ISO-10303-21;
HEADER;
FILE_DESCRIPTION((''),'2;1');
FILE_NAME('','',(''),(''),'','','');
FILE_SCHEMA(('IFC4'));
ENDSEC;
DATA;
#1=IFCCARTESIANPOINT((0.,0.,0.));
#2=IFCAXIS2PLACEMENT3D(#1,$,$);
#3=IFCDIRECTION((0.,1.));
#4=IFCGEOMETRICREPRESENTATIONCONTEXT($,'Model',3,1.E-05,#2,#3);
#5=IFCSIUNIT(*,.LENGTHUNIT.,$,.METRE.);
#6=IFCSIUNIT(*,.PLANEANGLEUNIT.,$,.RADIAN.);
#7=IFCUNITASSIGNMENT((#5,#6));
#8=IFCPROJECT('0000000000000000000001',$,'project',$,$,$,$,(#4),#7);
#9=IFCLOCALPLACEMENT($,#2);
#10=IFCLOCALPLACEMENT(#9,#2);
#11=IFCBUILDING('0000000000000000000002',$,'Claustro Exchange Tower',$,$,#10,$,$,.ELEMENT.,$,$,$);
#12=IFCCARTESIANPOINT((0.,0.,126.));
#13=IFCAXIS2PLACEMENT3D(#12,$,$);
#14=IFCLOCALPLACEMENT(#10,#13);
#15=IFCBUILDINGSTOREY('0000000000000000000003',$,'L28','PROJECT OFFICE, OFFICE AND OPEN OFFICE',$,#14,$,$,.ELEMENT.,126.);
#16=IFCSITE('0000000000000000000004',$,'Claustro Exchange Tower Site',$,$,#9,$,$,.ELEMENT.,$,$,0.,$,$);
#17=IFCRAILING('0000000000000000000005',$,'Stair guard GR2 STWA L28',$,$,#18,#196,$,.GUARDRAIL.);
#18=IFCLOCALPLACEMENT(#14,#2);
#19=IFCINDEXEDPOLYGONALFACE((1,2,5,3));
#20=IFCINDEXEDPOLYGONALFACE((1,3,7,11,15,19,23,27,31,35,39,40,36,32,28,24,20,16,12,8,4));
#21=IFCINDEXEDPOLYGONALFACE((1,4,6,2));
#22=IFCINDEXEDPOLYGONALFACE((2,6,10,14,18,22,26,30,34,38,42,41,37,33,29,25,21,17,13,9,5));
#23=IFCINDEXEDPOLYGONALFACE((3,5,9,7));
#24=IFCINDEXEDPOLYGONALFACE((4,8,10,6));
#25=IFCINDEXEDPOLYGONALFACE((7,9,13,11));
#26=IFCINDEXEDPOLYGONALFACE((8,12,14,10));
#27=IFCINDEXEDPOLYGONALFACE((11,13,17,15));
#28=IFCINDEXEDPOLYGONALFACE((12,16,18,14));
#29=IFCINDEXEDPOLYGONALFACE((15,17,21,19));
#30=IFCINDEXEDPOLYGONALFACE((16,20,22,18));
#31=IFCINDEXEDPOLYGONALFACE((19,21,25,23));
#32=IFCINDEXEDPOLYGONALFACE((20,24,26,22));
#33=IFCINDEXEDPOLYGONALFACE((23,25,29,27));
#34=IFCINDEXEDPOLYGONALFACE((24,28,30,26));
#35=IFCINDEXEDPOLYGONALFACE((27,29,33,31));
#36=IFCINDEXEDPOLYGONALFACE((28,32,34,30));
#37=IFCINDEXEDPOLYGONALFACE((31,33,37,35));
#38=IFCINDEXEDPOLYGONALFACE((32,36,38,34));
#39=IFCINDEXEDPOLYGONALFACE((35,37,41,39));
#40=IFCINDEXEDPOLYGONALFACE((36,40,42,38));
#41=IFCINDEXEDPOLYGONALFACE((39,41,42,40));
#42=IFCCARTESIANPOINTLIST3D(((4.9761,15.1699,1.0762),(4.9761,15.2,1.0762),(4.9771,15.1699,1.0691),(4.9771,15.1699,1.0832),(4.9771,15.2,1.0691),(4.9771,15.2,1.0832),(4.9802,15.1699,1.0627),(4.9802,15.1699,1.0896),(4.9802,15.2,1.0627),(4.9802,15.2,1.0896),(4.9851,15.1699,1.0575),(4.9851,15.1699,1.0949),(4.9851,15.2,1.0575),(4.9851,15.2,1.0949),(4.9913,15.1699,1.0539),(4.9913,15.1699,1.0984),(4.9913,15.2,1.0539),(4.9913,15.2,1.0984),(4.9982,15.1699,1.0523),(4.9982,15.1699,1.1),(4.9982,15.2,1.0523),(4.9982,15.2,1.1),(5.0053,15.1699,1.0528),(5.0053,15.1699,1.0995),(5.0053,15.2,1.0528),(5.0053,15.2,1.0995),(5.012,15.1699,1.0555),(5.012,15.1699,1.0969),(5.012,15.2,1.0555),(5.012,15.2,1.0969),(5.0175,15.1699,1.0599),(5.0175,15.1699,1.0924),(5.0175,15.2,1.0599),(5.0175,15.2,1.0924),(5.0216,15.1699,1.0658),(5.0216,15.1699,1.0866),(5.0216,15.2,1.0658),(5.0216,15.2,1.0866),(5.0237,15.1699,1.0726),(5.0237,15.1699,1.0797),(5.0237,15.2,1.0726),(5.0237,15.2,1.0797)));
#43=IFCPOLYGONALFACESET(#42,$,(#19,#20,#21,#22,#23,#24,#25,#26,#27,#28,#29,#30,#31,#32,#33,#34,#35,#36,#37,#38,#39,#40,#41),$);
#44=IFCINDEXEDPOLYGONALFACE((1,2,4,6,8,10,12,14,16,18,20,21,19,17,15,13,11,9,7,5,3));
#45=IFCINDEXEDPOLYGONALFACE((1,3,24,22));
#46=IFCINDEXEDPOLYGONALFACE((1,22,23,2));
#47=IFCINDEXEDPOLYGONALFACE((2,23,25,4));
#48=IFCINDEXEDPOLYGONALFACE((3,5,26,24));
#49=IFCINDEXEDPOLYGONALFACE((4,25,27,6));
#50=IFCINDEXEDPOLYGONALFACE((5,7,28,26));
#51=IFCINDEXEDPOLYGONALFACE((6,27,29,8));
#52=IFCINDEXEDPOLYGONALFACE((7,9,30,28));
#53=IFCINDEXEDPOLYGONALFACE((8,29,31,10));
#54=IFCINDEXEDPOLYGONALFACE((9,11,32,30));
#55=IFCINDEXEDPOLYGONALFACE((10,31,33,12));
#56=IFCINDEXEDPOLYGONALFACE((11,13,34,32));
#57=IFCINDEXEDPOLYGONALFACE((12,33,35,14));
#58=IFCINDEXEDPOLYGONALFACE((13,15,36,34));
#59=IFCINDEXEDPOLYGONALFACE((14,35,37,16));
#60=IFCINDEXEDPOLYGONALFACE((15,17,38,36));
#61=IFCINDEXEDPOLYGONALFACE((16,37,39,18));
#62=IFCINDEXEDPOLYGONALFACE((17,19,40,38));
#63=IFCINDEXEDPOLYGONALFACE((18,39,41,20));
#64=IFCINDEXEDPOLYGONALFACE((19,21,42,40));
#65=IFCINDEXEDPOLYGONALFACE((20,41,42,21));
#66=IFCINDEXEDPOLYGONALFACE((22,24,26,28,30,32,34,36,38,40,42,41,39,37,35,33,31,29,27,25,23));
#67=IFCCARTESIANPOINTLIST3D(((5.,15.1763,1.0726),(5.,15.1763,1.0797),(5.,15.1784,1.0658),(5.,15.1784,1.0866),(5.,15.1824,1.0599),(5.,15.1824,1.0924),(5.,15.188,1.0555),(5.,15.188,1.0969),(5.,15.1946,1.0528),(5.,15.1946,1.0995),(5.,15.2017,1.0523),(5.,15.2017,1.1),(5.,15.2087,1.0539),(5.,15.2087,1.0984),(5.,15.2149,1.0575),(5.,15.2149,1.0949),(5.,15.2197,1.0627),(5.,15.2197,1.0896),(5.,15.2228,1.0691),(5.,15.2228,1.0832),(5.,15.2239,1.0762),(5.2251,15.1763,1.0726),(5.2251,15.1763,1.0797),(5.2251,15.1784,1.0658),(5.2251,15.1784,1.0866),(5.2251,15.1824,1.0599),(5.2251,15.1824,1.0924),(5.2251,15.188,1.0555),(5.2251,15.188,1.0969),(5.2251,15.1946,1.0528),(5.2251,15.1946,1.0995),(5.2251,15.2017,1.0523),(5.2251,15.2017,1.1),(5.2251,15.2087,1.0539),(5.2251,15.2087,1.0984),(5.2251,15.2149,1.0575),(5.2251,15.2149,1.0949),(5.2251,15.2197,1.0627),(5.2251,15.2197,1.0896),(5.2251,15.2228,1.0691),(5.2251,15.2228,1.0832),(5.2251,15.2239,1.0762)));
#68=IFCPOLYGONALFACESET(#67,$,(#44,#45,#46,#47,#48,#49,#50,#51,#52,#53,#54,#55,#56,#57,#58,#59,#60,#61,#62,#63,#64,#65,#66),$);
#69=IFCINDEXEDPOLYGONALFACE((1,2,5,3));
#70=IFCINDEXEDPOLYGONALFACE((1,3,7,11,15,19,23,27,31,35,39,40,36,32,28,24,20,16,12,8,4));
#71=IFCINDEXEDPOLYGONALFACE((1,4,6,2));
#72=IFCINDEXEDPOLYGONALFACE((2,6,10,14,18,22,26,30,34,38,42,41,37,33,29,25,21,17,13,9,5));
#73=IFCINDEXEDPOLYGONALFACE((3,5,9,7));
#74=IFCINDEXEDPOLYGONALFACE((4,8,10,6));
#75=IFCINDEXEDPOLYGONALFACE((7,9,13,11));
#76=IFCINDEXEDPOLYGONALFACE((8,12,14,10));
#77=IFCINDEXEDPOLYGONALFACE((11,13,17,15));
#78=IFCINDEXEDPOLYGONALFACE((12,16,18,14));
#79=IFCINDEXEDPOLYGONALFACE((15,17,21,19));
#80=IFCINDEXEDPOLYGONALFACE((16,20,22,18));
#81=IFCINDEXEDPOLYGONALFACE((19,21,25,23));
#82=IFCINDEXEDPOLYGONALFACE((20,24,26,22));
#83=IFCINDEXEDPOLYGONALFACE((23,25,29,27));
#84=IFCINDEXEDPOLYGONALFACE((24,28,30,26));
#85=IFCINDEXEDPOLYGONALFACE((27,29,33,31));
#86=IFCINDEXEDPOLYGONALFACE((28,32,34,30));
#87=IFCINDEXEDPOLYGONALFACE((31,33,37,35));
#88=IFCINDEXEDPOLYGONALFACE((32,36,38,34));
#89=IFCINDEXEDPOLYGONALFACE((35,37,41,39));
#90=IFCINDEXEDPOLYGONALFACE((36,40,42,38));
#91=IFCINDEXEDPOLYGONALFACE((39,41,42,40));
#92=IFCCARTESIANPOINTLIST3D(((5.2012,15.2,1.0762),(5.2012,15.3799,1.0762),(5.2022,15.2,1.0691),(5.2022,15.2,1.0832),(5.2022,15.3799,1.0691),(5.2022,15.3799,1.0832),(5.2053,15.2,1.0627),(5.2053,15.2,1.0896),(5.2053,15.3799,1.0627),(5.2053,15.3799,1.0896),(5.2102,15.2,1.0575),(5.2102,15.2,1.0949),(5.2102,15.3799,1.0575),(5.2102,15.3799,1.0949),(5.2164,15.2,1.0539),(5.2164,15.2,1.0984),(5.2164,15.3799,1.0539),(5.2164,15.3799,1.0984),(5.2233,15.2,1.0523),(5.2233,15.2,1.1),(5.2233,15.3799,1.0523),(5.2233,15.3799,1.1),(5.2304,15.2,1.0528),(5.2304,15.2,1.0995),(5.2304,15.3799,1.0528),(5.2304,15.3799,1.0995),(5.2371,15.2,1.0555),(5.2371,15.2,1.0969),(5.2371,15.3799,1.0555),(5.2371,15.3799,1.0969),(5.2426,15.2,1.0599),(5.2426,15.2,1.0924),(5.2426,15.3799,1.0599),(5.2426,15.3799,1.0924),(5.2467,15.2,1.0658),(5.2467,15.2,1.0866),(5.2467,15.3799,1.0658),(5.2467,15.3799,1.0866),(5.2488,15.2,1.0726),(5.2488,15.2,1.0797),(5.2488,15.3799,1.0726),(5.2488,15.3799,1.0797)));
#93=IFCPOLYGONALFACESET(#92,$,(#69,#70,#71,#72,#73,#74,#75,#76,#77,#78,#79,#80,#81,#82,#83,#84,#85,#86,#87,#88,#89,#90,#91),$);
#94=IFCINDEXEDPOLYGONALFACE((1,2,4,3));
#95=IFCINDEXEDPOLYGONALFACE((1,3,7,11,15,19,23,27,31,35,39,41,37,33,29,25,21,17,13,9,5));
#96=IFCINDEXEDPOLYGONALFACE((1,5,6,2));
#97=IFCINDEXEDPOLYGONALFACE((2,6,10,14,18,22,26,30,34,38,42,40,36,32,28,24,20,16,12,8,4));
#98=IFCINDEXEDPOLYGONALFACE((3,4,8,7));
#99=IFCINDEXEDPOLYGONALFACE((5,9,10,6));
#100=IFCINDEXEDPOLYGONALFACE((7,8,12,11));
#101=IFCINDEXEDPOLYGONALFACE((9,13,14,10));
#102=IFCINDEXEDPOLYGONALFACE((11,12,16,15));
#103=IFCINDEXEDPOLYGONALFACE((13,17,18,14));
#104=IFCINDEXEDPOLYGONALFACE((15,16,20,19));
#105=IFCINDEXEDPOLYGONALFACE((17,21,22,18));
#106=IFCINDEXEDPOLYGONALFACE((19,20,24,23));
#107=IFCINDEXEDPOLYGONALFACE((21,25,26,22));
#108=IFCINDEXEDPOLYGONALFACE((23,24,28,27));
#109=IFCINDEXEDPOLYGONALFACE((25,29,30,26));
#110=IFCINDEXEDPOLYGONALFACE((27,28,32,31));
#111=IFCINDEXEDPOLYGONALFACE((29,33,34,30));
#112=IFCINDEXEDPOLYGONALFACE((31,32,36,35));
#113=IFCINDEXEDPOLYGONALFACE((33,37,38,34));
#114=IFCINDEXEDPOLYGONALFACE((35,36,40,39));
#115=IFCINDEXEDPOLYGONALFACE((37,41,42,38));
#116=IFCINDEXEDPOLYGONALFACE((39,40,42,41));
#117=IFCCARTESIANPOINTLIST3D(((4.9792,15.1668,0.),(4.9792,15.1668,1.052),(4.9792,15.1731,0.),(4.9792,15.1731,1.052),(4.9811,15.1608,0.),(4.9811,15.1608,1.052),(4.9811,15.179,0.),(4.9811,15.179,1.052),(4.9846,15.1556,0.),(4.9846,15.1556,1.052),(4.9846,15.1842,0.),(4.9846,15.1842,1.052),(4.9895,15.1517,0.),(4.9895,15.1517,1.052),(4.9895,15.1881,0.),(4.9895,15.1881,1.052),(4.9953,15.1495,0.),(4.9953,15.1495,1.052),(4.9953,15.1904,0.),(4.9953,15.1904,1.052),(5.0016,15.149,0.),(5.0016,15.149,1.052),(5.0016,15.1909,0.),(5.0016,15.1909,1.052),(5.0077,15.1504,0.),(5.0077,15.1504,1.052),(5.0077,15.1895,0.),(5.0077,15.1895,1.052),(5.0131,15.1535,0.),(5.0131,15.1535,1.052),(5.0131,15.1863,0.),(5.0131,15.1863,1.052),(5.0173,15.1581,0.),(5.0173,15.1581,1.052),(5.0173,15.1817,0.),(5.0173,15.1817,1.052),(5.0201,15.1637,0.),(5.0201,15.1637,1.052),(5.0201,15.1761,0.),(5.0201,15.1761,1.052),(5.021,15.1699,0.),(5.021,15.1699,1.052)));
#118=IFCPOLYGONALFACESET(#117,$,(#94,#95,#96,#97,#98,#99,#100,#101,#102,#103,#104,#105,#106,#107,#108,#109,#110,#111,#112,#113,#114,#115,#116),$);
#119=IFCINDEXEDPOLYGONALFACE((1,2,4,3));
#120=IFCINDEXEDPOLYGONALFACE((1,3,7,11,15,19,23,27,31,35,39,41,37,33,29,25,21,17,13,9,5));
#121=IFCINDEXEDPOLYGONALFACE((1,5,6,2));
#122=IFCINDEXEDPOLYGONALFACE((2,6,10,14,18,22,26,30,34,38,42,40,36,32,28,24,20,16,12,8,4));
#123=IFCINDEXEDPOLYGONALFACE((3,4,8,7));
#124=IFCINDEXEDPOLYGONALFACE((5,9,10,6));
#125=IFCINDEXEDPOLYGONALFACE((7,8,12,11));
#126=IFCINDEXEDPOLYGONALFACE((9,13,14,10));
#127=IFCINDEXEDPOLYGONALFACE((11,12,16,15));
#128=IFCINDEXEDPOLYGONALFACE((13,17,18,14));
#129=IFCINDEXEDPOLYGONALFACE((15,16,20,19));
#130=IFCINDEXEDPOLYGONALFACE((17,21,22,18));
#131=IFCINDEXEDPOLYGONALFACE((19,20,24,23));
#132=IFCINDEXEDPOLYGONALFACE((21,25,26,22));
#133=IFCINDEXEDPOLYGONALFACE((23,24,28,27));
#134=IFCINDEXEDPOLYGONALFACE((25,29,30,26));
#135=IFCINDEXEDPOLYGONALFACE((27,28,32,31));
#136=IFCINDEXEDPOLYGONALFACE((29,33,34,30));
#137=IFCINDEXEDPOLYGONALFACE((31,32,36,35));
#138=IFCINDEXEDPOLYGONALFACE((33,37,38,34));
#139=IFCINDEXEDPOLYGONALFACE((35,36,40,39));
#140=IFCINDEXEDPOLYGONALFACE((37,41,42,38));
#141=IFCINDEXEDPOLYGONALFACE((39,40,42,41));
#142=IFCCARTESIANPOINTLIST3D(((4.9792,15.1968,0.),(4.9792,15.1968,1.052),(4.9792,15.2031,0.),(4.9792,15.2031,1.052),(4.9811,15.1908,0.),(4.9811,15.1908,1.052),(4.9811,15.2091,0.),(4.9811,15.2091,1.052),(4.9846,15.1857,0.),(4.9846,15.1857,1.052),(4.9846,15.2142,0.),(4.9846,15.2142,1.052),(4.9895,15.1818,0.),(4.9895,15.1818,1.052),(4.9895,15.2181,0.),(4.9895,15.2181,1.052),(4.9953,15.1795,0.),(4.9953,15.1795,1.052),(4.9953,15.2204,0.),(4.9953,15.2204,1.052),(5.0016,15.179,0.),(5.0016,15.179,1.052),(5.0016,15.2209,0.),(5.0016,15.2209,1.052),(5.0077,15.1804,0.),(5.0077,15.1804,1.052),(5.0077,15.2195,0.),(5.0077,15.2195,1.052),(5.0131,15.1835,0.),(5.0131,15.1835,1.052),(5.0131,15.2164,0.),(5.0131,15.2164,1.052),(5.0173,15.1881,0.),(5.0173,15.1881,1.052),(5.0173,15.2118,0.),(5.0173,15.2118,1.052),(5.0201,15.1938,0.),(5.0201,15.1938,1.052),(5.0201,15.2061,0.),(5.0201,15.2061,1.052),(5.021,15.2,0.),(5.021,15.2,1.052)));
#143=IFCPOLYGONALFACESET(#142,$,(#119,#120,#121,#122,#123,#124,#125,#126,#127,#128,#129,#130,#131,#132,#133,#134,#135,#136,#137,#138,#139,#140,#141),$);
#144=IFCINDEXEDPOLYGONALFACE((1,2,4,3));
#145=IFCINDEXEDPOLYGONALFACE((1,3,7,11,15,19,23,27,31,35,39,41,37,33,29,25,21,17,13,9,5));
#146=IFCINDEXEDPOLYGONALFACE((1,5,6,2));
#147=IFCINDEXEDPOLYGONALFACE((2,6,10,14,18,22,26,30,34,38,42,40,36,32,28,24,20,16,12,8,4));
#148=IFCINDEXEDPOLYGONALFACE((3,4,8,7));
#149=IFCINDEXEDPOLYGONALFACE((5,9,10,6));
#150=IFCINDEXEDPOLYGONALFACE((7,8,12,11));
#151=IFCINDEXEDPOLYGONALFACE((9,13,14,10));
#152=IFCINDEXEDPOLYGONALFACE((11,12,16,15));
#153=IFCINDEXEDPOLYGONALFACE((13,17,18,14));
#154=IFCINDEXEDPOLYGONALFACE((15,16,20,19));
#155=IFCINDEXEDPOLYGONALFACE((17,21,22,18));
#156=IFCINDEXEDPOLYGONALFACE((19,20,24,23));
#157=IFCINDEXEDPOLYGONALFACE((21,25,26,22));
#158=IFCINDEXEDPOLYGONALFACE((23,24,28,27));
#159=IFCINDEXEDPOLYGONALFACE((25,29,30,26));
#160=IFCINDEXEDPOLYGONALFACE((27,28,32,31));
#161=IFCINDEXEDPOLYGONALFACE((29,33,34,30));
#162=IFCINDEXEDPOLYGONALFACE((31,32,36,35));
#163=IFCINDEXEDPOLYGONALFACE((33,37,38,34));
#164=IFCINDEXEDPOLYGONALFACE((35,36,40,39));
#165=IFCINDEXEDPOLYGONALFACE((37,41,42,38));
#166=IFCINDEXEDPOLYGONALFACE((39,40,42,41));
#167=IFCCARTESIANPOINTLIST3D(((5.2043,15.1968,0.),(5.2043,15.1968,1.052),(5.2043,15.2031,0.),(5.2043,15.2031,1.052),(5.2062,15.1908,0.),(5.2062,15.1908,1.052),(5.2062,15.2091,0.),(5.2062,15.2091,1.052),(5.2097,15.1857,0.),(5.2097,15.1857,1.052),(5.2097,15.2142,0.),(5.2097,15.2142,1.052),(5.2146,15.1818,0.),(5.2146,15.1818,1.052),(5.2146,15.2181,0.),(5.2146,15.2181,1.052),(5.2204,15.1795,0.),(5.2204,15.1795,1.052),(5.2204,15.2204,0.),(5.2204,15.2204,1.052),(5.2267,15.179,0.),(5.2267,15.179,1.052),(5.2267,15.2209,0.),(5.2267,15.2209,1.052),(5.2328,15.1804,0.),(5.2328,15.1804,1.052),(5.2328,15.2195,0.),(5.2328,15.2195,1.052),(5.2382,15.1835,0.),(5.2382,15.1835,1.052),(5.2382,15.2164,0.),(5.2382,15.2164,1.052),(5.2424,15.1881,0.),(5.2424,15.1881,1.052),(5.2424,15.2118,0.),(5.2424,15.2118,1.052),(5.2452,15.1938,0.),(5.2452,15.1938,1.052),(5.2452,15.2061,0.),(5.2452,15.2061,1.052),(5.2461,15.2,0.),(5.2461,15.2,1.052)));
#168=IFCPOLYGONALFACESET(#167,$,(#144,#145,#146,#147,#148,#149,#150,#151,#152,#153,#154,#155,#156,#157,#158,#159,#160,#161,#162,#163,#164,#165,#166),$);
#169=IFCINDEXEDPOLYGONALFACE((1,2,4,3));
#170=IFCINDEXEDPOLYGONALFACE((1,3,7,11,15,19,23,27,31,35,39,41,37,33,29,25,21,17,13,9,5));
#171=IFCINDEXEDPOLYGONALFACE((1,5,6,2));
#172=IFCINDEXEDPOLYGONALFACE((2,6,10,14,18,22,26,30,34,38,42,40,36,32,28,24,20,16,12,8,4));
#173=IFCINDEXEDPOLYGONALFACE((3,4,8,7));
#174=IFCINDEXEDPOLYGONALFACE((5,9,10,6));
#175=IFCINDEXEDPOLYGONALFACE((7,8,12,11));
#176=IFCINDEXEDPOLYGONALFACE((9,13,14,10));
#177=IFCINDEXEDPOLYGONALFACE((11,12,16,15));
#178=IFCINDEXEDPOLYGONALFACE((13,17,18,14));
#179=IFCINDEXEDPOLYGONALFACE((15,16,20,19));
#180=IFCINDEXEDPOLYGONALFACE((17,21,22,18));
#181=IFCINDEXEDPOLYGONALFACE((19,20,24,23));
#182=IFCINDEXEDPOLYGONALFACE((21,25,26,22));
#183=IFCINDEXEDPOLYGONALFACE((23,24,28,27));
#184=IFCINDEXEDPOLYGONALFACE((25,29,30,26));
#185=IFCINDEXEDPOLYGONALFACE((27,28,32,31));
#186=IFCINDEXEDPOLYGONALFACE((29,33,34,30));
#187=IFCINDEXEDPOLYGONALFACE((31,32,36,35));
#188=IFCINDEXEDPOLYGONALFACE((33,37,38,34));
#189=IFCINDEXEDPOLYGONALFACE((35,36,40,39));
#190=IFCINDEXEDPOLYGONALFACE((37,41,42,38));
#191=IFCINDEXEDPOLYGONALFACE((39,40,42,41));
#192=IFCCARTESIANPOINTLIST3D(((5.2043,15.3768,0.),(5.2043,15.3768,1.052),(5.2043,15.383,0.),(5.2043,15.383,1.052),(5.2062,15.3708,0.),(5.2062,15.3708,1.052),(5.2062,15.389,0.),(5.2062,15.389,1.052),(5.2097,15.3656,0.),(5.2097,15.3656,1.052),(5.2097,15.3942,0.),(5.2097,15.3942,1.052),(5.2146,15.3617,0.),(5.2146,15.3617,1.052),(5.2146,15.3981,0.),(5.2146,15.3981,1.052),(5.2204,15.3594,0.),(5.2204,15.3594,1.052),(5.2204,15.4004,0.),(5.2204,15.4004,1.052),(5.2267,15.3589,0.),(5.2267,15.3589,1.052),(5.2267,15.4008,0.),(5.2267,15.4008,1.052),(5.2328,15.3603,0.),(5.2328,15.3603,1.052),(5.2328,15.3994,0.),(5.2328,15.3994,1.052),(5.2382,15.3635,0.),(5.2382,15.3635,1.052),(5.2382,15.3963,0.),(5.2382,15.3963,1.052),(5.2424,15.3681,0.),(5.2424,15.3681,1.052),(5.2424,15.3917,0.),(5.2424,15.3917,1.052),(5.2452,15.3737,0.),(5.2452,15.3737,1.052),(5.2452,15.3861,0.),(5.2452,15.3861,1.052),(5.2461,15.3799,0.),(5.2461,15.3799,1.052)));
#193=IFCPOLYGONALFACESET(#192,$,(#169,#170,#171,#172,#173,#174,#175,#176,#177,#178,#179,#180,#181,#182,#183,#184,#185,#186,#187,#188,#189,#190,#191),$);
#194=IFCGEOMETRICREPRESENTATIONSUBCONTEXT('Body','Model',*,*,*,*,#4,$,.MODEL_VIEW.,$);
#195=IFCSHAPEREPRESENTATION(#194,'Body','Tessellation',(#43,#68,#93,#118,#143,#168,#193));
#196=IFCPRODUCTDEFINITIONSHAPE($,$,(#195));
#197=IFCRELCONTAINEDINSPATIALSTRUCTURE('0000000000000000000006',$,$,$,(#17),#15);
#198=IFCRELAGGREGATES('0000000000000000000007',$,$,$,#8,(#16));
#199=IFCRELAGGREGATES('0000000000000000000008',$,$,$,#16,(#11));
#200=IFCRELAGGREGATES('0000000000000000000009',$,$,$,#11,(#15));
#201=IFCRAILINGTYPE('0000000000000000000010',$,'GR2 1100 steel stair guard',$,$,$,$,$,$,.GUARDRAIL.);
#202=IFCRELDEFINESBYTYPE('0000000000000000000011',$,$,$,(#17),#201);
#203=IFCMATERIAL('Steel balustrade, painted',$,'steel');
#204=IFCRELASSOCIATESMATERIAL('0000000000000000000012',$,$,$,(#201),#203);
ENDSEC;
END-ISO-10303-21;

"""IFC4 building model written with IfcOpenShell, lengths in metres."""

from ifc_helpers import new_model, si_unit, direction, frame, origin, origin_2d, place, context, subcontext, project, spatial, circle, extrude, material, type_object, element, save


model = new_model("IFC4")

# Units and contexts
model_context = context("Model", 3, precision=1e-05, world=origin(), true_north=direction((0.0, 1.0)))
body_context = subcontext(model_context, "Body", "Model", "MODEL_VIEW")
ifc_project = project(units=[si_unit("LENGTHUNIT", "METRE"), si_unit("PLANEANGLEUNIT", "RADIAN")], contexts=[model_context])

# Site, building, storey
site_placement = place(None, origin())
site = spatial("IfcSite", under=ifc_project, at=site_placement, Name="Claustro Exchange Tower Site", CompositionType="ELEMENT", RefElevation=0.0)
building_placement = place(site_placement, origin())
building = spatial("IfcBuilding", under=site, at=building_placement, Name="Claustro Exchange Tower", CompositionType="ELEMENT")
storey_placement = place(building_placement, frame((0.0, 0.0, 126.0)))
storey = spatial("IfcBuildingStorey", under=building, at=storey_placement, Name="L28", Description="PROJECT OFFICE, OFFICE AND OPEN OFFICE", CompositionType="ELEMENT", Elevation=126.0)

# Railing
ifc_material_1 = material(Name="Steel balustrade, painted", Category="steel")
railing_type_1 = type_object("IfcRailingType", Name="GR2 1100 steel stair guard", PredefinedType="GUARDRAIL", material=ifc_material_1)
railing_1_placement = place(storey_placement, frame((5.0, 15.1699, 0.0)))
element("IfcRailing", 1, at=railing_1_placement, inside=storey, type_object=railing_type_1, Name="Stair guard GR2 STWA L28", PredefinedType="GUARDRAIL", context=body_context, shape_type="SweptSolid", body=[
    extrude(circle(Radius=0.0239, at=origin_2d()), frame((0.0, 0.0, 1.0762), z_axis=(0.0, 1.0, 0.0), x_axis=(-1.0, 0.0, 0.0)), (0.0, 0.0, 1.0), 0.03),
    extrude(circle(Radius=0.0239, at=origin_2d()), frame((0.0, 0.03, 1.0762), z_axis=(1.0, 0.0, 0.0), x_axis=(0.0, 1.0, 0.0)), (0.0, 0.0, 1.0), 0.2251),
    extrude(circle(Radius=0.0239, at=origin_2d()), frame((0.2251, 0.03, 1.0762), z_axis=(0.0, 1.0, 0.0), x_axis=(-1.0, 0.0, 0.0)), (0.0, 0.0, 1.0), 0.1799),
    extrude(circle(Radius=0.021, at=origin_2d()), origin(), (0.0, 0.0, 1.0), 1.052),
    extrude(circle(Radius=0.021, at=origin_2d()), frame((0.0, 0.03, 0.0)), (0.0, 0.0, 1.0), 1.052),
    extrude(circle(Radius=0.021, at=origin_2d()), frame((0.2251, 0.03, 0.0)), (0.0, 0.0, 1.0), 1.052),
    extrude(circle(Radius=0.021, at=origin_2d()), frame((0.2251, 0.21, 0.0)), (0.0, 0.0, 1.0), 1.052),
])

save(model, "model.ifc")
